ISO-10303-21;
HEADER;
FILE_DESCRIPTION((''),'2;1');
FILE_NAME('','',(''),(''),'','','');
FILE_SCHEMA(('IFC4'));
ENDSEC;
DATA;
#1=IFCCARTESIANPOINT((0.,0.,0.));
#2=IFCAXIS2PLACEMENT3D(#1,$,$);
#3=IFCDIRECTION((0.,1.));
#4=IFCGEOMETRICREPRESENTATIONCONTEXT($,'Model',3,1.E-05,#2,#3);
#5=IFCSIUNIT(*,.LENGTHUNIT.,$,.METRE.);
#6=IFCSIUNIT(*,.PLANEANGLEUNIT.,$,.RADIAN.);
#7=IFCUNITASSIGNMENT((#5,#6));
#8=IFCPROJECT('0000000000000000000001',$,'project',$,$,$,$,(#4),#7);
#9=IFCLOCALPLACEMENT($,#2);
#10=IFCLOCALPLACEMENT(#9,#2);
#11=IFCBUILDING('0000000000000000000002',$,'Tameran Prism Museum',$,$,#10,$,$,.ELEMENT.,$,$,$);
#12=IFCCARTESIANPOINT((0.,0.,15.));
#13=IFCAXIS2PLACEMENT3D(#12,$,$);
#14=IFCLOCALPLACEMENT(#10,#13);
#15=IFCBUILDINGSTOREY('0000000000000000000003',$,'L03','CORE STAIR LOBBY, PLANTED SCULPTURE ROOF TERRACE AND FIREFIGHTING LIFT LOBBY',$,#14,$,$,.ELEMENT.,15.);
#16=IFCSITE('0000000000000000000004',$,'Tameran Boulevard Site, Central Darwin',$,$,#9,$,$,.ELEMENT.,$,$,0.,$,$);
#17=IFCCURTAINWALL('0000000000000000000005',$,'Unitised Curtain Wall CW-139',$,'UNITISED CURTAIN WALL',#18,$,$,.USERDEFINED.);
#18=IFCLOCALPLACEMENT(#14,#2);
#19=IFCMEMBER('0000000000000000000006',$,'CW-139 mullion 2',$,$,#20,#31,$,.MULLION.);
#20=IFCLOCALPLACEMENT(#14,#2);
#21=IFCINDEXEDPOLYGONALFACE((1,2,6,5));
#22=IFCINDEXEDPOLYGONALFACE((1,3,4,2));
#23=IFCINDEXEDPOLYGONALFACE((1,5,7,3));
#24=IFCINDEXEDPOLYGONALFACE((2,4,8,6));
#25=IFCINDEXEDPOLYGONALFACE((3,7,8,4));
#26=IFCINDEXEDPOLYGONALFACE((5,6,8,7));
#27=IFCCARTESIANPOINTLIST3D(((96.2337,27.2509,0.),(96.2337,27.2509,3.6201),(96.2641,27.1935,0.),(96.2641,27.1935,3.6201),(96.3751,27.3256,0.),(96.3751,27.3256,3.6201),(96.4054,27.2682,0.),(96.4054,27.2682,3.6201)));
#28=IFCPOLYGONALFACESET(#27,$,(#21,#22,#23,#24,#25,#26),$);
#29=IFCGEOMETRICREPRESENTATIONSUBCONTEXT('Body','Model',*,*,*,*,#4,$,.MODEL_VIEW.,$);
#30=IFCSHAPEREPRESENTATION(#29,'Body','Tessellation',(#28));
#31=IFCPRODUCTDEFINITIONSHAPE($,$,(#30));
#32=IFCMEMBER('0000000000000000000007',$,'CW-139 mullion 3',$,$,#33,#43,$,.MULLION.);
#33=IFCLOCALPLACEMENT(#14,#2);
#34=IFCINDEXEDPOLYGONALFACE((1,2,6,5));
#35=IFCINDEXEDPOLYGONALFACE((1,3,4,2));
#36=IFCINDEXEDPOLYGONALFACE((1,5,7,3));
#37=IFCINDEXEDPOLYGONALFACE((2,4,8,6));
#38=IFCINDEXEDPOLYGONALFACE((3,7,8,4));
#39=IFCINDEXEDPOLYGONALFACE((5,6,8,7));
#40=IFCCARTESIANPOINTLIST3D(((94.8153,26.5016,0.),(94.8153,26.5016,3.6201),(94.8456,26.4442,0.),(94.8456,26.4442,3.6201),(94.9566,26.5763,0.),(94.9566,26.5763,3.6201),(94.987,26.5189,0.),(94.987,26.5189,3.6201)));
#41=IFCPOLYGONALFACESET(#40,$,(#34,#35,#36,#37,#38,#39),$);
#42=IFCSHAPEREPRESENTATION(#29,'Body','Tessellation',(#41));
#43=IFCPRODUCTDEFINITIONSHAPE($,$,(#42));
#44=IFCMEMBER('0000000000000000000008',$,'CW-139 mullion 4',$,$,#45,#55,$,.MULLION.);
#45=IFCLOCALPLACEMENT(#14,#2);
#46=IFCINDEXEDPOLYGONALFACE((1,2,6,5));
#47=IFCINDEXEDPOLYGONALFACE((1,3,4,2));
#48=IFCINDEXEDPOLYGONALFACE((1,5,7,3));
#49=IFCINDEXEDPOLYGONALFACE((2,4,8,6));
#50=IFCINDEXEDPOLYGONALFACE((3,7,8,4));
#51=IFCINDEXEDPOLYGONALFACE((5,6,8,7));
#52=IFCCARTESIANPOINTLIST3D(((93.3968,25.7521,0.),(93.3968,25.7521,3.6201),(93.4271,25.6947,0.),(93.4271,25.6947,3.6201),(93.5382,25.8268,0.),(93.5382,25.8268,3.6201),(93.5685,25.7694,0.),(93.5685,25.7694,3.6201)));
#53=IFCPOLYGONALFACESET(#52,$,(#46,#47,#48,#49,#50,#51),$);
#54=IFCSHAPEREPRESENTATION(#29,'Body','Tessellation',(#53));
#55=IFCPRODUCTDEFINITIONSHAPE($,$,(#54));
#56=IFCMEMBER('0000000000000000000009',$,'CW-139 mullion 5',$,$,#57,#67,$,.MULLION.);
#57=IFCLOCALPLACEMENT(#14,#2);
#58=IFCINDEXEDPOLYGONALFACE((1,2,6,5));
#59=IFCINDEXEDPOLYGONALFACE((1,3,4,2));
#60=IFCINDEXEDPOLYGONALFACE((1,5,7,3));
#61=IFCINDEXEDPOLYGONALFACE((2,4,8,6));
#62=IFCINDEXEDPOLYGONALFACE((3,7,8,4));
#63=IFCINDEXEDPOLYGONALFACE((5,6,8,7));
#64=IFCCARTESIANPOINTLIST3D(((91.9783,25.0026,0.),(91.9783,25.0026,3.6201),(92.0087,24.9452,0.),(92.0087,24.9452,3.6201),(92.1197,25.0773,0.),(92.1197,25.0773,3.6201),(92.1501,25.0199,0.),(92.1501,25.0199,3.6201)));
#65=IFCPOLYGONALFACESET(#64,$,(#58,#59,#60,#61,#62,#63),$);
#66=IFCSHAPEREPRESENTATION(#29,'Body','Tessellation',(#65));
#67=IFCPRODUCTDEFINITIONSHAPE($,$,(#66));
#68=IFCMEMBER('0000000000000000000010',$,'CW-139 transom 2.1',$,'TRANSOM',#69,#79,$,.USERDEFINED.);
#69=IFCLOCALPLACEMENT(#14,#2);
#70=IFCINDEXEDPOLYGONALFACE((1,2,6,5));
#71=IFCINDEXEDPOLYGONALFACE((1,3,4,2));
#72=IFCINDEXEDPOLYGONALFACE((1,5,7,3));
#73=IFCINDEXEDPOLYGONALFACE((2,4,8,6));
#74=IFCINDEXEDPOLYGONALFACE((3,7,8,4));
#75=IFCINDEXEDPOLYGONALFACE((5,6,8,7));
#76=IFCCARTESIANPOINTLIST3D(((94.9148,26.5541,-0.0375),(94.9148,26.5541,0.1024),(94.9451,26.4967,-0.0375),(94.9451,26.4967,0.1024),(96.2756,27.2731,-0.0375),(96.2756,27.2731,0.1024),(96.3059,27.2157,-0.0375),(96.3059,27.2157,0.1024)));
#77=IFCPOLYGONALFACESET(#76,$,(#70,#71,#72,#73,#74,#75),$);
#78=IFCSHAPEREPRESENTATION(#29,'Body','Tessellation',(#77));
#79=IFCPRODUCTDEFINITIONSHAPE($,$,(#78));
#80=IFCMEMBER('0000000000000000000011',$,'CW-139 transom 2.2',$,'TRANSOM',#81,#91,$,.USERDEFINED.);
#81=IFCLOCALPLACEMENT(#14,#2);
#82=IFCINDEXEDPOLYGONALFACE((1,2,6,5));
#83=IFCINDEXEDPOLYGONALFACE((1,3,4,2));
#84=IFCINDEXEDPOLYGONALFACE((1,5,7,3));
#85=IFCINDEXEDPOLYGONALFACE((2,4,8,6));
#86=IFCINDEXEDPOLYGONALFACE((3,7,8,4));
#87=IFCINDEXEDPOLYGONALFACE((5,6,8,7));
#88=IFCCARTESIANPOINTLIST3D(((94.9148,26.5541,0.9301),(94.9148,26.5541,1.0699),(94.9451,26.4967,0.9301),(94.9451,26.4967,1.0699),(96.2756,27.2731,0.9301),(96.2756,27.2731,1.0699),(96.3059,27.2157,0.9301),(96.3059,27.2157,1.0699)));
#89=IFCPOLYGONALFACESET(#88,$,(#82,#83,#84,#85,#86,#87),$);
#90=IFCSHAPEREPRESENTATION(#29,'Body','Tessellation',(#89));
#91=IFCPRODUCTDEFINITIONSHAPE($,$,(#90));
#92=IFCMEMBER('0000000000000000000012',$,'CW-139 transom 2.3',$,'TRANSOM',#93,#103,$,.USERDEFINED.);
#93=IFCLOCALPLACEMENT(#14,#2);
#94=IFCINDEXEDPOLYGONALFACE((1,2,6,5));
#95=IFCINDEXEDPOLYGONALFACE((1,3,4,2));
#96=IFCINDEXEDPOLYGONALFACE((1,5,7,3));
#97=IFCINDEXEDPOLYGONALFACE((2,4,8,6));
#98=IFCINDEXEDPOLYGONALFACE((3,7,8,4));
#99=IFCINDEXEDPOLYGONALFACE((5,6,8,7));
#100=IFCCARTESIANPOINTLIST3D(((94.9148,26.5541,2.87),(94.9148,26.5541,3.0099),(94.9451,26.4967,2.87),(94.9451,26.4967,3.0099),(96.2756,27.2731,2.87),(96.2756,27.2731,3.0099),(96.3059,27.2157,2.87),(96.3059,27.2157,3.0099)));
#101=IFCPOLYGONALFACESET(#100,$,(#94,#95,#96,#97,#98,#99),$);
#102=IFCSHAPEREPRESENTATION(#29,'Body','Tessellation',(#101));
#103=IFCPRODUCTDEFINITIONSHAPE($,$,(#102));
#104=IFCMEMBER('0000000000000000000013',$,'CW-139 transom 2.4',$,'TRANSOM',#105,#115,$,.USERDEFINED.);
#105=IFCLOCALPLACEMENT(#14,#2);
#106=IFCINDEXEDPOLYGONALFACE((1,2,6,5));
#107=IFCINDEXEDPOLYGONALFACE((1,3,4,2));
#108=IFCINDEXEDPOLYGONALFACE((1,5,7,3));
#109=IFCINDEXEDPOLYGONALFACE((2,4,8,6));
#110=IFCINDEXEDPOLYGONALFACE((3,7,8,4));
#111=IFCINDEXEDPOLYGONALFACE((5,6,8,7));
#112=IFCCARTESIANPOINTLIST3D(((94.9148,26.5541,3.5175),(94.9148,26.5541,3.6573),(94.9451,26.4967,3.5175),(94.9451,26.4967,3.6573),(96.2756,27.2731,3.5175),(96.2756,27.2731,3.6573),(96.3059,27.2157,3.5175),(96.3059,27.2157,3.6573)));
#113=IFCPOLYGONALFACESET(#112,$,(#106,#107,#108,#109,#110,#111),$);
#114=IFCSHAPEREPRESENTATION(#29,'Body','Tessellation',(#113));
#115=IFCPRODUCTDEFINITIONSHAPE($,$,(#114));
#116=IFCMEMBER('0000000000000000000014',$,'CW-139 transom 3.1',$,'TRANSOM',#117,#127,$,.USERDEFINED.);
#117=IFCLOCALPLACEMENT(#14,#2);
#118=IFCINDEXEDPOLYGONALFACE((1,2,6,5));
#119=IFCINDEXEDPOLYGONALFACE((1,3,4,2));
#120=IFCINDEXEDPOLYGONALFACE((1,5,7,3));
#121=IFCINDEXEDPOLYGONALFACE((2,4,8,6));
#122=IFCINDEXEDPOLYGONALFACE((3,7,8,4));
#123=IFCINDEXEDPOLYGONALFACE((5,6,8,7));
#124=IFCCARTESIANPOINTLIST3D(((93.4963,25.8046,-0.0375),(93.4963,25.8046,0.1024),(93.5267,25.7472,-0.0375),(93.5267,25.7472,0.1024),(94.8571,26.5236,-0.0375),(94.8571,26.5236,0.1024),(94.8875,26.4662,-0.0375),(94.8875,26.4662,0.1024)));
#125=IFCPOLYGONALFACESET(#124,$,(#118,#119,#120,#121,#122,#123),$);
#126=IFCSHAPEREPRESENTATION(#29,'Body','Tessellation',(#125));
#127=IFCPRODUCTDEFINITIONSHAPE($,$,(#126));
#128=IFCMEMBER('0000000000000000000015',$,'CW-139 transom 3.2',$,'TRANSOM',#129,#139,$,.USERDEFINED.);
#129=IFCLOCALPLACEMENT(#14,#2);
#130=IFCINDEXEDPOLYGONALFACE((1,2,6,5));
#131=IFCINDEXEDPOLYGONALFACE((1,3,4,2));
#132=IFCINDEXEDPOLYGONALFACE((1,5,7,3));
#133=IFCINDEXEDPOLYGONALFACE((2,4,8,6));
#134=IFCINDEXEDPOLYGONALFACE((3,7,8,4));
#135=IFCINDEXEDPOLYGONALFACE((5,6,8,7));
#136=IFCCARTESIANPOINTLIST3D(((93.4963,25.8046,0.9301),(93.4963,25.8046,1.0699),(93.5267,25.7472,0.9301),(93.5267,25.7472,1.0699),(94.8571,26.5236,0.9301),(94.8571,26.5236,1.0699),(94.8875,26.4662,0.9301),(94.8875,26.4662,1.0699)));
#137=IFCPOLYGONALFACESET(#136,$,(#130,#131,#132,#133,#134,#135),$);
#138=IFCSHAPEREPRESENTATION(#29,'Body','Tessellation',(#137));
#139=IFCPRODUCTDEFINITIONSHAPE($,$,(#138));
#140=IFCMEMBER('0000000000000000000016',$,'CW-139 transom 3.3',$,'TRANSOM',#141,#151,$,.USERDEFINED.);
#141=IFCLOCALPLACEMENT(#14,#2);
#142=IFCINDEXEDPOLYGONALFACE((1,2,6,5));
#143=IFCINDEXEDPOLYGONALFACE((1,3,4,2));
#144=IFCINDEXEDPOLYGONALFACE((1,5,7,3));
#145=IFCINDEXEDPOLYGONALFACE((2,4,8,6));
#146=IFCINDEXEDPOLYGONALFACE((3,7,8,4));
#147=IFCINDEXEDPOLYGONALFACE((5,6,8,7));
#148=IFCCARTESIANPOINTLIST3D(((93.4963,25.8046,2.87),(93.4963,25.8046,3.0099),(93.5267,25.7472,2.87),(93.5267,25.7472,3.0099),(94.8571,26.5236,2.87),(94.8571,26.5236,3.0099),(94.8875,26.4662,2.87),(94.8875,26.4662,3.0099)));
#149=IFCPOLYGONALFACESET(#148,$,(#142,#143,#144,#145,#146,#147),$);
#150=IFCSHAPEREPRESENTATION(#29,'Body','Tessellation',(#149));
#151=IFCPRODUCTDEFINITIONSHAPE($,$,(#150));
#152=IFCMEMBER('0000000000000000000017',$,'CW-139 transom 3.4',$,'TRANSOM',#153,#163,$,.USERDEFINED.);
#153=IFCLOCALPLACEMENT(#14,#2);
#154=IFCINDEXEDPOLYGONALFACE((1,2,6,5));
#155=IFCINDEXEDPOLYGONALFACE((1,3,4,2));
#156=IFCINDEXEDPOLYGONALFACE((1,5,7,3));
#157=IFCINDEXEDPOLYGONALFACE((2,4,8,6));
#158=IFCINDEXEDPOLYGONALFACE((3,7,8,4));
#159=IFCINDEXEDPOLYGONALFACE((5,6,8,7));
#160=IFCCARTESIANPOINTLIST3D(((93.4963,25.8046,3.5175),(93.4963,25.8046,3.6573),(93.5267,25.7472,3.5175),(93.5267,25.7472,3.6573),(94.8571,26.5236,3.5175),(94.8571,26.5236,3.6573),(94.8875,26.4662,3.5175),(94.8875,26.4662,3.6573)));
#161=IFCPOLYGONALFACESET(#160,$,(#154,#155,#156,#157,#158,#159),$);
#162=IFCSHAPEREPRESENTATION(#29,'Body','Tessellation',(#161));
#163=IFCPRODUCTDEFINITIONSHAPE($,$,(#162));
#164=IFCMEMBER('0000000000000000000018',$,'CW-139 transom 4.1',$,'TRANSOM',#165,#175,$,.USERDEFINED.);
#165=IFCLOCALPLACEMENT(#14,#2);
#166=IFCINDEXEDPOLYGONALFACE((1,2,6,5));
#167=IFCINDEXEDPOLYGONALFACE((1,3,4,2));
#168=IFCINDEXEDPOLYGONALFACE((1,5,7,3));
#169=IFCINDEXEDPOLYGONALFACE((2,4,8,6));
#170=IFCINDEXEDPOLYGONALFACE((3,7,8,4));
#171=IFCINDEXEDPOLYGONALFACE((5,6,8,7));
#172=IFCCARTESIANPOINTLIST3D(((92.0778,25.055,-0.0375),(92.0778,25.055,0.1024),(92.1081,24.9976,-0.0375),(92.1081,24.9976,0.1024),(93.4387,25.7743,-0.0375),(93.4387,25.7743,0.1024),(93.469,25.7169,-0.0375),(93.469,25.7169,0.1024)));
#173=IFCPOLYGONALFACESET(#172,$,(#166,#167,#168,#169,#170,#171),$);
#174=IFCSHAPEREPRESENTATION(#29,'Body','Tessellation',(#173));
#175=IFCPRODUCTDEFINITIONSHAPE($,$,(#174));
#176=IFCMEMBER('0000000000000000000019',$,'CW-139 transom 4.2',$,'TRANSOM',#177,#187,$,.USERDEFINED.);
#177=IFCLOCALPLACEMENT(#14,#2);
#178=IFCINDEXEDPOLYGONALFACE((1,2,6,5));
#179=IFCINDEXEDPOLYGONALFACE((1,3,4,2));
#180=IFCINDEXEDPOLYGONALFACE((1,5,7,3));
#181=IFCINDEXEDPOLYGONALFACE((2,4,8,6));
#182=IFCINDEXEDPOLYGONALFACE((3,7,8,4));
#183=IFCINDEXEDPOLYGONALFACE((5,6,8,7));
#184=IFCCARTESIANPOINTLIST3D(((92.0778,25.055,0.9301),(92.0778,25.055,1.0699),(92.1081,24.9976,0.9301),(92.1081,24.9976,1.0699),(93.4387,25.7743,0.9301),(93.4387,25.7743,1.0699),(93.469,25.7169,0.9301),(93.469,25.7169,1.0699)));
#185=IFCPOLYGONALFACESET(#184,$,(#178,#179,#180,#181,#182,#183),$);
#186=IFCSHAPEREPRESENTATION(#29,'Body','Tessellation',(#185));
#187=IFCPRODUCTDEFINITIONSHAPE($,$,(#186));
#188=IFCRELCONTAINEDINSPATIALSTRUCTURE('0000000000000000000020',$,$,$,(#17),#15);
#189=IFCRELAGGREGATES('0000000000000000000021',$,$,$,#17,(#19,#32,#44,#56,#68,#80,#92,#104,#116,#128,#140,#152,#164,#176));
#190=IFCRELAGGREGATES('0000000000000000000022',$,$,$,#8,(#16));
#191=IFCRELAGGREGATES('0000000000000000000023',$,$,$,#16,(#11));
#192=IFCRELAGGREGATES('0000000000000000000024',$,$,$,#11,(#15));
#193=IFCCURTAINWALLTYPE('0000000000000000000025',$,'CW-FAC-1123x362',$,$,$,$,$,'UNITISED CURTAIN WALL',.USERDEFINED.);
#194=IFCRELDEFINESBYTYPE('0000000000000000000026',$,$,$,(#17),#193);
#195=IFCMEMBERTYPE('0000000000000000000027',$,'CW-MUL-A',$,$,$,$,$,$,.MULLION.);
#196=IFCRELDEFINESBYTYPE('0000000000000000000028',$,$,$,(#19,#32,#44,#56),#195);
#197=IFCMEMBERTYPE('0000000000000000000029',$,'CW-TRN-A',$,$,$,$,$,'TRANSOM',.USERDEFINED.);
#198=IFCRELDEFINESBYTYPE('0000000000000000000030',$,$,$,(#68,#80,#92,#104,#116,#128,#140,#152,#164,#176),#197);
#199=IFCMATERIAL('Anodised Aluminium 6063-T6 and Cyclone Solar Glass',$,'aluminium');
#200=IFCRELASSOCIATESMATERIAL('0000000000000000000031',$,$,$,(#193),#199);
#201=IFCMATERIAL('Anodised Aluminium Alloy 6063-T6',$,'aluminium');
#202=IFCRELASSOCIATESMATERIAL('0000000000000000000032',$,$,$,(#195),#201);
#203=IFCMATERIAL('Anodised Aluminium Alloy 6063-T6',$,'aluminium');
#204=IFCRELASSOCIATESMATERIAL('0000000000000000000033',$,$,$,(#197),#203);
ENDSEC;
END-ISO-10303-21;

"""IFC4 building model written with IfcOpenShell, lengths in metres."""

from ifc_helpers import new_model, si_unit, direction, frame, origin, origin_2d, place, context, subcontext, project, spatial, rectangle, extrude, material, material_profile, profile_set, type_object, element, aggregate, save


model = new_model("IFC4")

# Units and contexts
model_context = context("Model", 3, precision=1e-05, world=origin(), true_north=direction((0.0, 1.0)))
body_context = subcontext(model_context, "Body", "Model", "MODEL_VIEW")
ifc_project = project(units=[si_unit("LENGTHUNIT", "METRE"), si_unit("PLANEANGLEUNIT", "RADIAN")], contexts=[model_context])

# Site, building, storey
site_placement = place(None, origin())
site = spatial("IfcSite", under=ifc_project, at=site_placement, Name="Tameran Boulevard Site, Central Darwin", CompositionType="ELEMENT", RefElevation=0.0)
building_placement = place(site_placement, origin())
building = spatial("IfcBuilding", under=site, at=building_placement, Name="Tameran Prism Museum", CompositionType="ELEMENT")
storey_placement = place(building_placement, frame((0.0, 0.0, 15.0)))
storey = spatial("IfcBuildingStorey", under=building, at=storey_placement, Name="L03", Description="CORE STAIR LOBBY, PLANTED SCULPTURE ROOF TERRACE AND FIREFIGHTING LIFT LOBBY", CompositionType="ELEMENT", Elevation=15.0)

# Curtain wall, members
ifc_material_1 = material(Name="Anodised Aluminium 6063-T6 and Cyclone Solar Glass", Category="aluminium")
curtain_wall_type = type_object("IfcCurtainWallType", Name="CW-FAC-1123x362", ElementType="UNITISED CURTAIN WALL", PredefinedType="USERDEFINED", material=ifc_material_1)
curtain_wall_placement = place(storey_placement, origin())
curtain_wall = element("IfcCurtainWall", 1, at=curtain_wall_placement, inside=storey, type_object=curtain_wall_type, Name="Unitised Curtain Wall CW-139", ObjectType="UNITISED CURTAIN WALL", PredefinedType="USERDEFINED")
ifc_material_2 = material(Name="Anodised Aluminium Alloy 6063-T6", Category="aluminium")
ifc_material_profile_1 = material_profile(ifc_material_2, rectangle(XDim=0.0649, YDim=0.1599, at=origin_2d()))
ifc_profile_set_1 = profile_set([ifc_material_profile_1])
member_type_1 = type_object("IfcMemberType", Name="CW-MUL-A", PredefinedType="MULLION", material=ifc_profile_set_1)
member_1_placement = place(storey_placement, frame((96.3196, 27.2595, 0.0), z_axis=(0.0, 0.0, 1.0), x_axis=(0.467155, -0.884175, 0.0)))
member_1 = element("IfcMember", 2, at=member_1_placement, type_object=member_type_1, Name="CW-139 mullion 2", PredefinedType="MULLION", context=body_context, shape_type="SweptSolid", body=[
    extrude(rectangle(XDim=0.0649, YDim=0.1599, at=origin_2d()), origin(), (0.0, 0.0, 1.0), 3.6201),
])
member_2_placement = place(storey_placement, frame((94.9011, 26.5103, 0.0), z_axis=(0.0, 0.0, 1.0), x_axis=(0.467155, -0.884175, 0.0)))
member_2 = element("IfcMember", 3, at=member_2_placement, type_object=member_type_1, Name="CW-139 mullion 3", PredefinedType="MULLION", context=body_context, shape_type="SweptSolid", body=[
    extrude(rectangle(XDim=0.0649, YDim=0.1599, at=origin_2d()), origin(), (0.0, 0.0, 1.0), 3.6201),
])
member_3_placement = place(storey_placement, frame((93.4827, 25.7607, 0.0), z_axis=(0.0, 0.0, 1.0), x_axis=(0.467155, -0.884175, 0.0)))
member_3 = element("IfcMember", 4, at=member_3_placement, type_object=member_type_1, Name="CW-139 mullion 4", PredefinedType="MULLION", context=body_context, shape_type="SweptSolid", body=[
    extrude(rectangle(XDim=0.0649, YDim=0.1599, at=origin_2d()), origin(), (0.0, 0.0, 1.0), 3.6201),
])
member_4_placement = place(storey_placement, frame((92.0642, 25.0112, 0.0), z_axis=(0.0, 0.0, 1.0), x_axis=(0.467155, -0.884175, 0.0)))
member_4 = element("IfcMember", 5, at=member_4_placement, type_object=member_type_1, Name="CW-139 mullion 5", PredefinedType="MULLION", context=body_context, shape_type="SweptSolid", body=[
    extrude(rectangle(XDim=0.0649, YDim=0.1599, at=origin_2d()), origin(), (0.0, 0.0, 1.0), 3.6201),
])
ifc_material_3 = material(Name="Anodised Aluminium Alloy 6063-T6", Category="aluminium")
ifc_material_profile_2 = material_profile(ifc_material_3, rectangle(XDim=0.0649, YDim=0.1399, at=origin_2d()))
ifc_profile_set_2 = profile_set([ifc_material_profile_2])
member_type_2 = type_object("IfcMemberType", Name="CW-TRN-A", ElementType="TRANSOM", PredefinedType="USERDEFINED", material=ifc_profile_set_2)
member_5_placement = place(storey_placement, frame((96.2908, 27.2444, 0.0325), z_axis=(-0.884177, -0.467151, 0.0), x_axis=(0.467151, -0.884177, 0.0)))
member_5 = element("IfcMember", 6, at=member_5_placement, type_object=member_type_2, Name="CW-139 transom 2.1", ObjectType="TRANSOM", PredefinedType="USERDEFINED", context=body_context, shape_type="SweptSolid", body=[
    extrude(rectangle(XDim=0.0649, YDim=0.1399, at=origin_2d()), origin(), (0.0, 0.0, 1.0), 1.5391),
])
member_6_placement = place(storey_placement, frame((96.2908, 27.2444, 1.0), z_axis=(-0.884177, -0.467151, 0.0), x_axis=(0.467151, -0.884177, 0.0)))
member_6 = element("IfcMember", 7, at=member_6_placement, type_object=member_type_2, Name="CW-139 transom 2.2", ObjectType="TRANSOM", PredefinedType="USERDEFINED", context=body_context, shape_type="SweptSolid", body=[
    extrude(rectangle(XDim=0.0649, YDim=0.1399, at=origin_2d()), origin(), (0.0, 0.0, 1.0), 1.5391),
])
member_7_placement = place(storey_placement, frame((96.2908, 27.2444, 2.9399), z_axis=(-0.884177, -0.467151, 0.0), x_axis=(0.467151, -0.884177, 0.0)))
member_7 = element("IfcMember", 8, at=member_7_placement, type_object=member_type_2, Name="CW-139 transom 2.3", ObjectType="TRANSOM", PredefinedType="USERDEFINED", context=body_context, shape_type="SweptSolid", body=[
    extrude(rectangle(XDim=0.0649, YDim=0.1399, at=origin_2d()), origin(), (0.0, 0.0, 1.0), 1.5391),
])
member_8_placement = place(storey_placement, frame((96.2908, 27.2444, 3.5874), z_axis=(-0.884177, -0.467151, 0.0), x_axis=(0.467151, -0.884177, 0.0)))
member_8 = element("IfcMember", 9, at=member_8_placement, type_object=member_type_2, Name="CW-139 transom 2.4", ObjectType="TRANSOM", PredefinedType="USERDEFINED", context=body_context, shape_type="SweptSolid", body=[
    extrude(rectangle(XDim=0.0649, YDim=0.1399, at=origin_2d()), origin(), (0.0, 0.0, 1.0), 1.5391),
])
member_9_placement = place(storey_placement, frame((94.8723, 26.4949, 0.0325), z_axis=(-0.884177, -0.467151, 0.0), x_axis=(0.467151, -0.884177, 0.0)))
member_9 = element("IfcMember", 10, at=member_9_placement, type_object=member_type_2, Name="CW-139 transom 3.1", ObjectType="TRANSOM", PredefinedType="USERDEFINED", context=body_context, shape_type="SweptSolid", body=[
    extrude(rectangle(XDim=0.0649, YDim=0.1399, at=origin_2d()), origin(), (0.0, 0.0, 1.0), 1.5391),
])
member_10_placement = place(storey_placement, frame((94.8723, 26.4949, 1.0), z_axis=(-0.884177, -0.467151, 0.0), x_axis=(0.467151, -0.884177, 0.0)))
member_10 = element("IfcMember", 11, at=member_10_placement, type_object=member_type_2, Name="CW-139 transom 3.2", ObjectType="TRANSOM", PredefinedType="USERDEFINED", context=body_context, shape_type="SweptSolid", body=[
    extrude(rectangle(XDim=0.0649, YDim=0.1399, at=origin_2d()), origin(), (0.0, 0.0, 1.0), 1.5391),
])
member_11_placement = place(storey_placement, frame((94.8723, 26.4949, 2.9399), z_axis=(-0.884177, -0.467151, 0.0), x_axis=(0.467151, -0.884177, 0.0)))
member_11 = element("IfcMember", 12, at=member_11_placement, type_object=member_type_2, Name="CW-139 transom 3.3", ObjectType="TRANSOM", PredefinedType="USERDEFINED", context=body_context, shape_type="SweptSolid", body=[
    extrude(rectangle(XDim=0.0649, YDim=0.1399, at=origin_2d()), origin(), (0.0, 0.0, 1.0), 1.5391),
])
member_12_placement = place(storey_placement, frame((94.8723, 26.4949, 3.5874), z_axis=(-0.884177, -0.467151, 0.0), x_axis=(0.467151, -0.884177, 0.0)))
member_12 = element("IfcMember", 13, at=member_12_placement, type_object=member_type_2, Name="CW-139 transom 3.4", ObjectType="TRANSOM", PredefinedType="USERDEFINED", context=body_context, shape_type="SweptSolid", body=[
    extrude(rectangle(XDim=0.0649, YDim=0.1399, at=origin_2d()), origin(), (0.0, 0.0, 1.0), 1.5391),
])
member_13_placement = place(storey_placement, frame((93.4539, 25.7456, 0.0325), z_axis=(-0.884112, -0.467275, 0.0), x_axis=(0.467275, -0.884112, 0.0)))
member_13 = element("IfcMember", 14, at=member_13_placement, type_object=member_type_2, Name="CW-139 transom 4.1", ObjectType="TRANSOM", PredefinedType="USERDEFINED", context=body_context, shape_type="SweptSolid", body=[
    extrude(rectangle(XDim=0.0649, YDim=0.1399, at=origin_2d()), origin(), (0.0, 0.0, 1.0), 1.5393),
])
member_14_placement = place(storey_placement, frame((93.4539, 25.7456, 1.0), z_axis=(-0.884112, -0.467275, 0.0), x_axis=(0.467275, -0.884112, 0.0)))
member_14 = element("IfcMember", 15, at=member_14_placement, type_object=member_type_2, Name="CW-139 transom 4.2", ObjectType="TRANSOM", PredefinedType="USERDEFINED", context=body_context, shape_type="SweptSolid", body=[
    extrude(rectangle(XDim=0.0649, YDim=0.1399, at=origin_2d()), origin(), (0.0, 0.0, 1.0), 1.5393),
])
aggregate(curtain_wall, [member_1, member_2, member_3, member_4, member_5, member_6, member_7, member_8, member_9, member_10, member_11, member_12, member_13, member_14])

save(model, "model.ifc")
